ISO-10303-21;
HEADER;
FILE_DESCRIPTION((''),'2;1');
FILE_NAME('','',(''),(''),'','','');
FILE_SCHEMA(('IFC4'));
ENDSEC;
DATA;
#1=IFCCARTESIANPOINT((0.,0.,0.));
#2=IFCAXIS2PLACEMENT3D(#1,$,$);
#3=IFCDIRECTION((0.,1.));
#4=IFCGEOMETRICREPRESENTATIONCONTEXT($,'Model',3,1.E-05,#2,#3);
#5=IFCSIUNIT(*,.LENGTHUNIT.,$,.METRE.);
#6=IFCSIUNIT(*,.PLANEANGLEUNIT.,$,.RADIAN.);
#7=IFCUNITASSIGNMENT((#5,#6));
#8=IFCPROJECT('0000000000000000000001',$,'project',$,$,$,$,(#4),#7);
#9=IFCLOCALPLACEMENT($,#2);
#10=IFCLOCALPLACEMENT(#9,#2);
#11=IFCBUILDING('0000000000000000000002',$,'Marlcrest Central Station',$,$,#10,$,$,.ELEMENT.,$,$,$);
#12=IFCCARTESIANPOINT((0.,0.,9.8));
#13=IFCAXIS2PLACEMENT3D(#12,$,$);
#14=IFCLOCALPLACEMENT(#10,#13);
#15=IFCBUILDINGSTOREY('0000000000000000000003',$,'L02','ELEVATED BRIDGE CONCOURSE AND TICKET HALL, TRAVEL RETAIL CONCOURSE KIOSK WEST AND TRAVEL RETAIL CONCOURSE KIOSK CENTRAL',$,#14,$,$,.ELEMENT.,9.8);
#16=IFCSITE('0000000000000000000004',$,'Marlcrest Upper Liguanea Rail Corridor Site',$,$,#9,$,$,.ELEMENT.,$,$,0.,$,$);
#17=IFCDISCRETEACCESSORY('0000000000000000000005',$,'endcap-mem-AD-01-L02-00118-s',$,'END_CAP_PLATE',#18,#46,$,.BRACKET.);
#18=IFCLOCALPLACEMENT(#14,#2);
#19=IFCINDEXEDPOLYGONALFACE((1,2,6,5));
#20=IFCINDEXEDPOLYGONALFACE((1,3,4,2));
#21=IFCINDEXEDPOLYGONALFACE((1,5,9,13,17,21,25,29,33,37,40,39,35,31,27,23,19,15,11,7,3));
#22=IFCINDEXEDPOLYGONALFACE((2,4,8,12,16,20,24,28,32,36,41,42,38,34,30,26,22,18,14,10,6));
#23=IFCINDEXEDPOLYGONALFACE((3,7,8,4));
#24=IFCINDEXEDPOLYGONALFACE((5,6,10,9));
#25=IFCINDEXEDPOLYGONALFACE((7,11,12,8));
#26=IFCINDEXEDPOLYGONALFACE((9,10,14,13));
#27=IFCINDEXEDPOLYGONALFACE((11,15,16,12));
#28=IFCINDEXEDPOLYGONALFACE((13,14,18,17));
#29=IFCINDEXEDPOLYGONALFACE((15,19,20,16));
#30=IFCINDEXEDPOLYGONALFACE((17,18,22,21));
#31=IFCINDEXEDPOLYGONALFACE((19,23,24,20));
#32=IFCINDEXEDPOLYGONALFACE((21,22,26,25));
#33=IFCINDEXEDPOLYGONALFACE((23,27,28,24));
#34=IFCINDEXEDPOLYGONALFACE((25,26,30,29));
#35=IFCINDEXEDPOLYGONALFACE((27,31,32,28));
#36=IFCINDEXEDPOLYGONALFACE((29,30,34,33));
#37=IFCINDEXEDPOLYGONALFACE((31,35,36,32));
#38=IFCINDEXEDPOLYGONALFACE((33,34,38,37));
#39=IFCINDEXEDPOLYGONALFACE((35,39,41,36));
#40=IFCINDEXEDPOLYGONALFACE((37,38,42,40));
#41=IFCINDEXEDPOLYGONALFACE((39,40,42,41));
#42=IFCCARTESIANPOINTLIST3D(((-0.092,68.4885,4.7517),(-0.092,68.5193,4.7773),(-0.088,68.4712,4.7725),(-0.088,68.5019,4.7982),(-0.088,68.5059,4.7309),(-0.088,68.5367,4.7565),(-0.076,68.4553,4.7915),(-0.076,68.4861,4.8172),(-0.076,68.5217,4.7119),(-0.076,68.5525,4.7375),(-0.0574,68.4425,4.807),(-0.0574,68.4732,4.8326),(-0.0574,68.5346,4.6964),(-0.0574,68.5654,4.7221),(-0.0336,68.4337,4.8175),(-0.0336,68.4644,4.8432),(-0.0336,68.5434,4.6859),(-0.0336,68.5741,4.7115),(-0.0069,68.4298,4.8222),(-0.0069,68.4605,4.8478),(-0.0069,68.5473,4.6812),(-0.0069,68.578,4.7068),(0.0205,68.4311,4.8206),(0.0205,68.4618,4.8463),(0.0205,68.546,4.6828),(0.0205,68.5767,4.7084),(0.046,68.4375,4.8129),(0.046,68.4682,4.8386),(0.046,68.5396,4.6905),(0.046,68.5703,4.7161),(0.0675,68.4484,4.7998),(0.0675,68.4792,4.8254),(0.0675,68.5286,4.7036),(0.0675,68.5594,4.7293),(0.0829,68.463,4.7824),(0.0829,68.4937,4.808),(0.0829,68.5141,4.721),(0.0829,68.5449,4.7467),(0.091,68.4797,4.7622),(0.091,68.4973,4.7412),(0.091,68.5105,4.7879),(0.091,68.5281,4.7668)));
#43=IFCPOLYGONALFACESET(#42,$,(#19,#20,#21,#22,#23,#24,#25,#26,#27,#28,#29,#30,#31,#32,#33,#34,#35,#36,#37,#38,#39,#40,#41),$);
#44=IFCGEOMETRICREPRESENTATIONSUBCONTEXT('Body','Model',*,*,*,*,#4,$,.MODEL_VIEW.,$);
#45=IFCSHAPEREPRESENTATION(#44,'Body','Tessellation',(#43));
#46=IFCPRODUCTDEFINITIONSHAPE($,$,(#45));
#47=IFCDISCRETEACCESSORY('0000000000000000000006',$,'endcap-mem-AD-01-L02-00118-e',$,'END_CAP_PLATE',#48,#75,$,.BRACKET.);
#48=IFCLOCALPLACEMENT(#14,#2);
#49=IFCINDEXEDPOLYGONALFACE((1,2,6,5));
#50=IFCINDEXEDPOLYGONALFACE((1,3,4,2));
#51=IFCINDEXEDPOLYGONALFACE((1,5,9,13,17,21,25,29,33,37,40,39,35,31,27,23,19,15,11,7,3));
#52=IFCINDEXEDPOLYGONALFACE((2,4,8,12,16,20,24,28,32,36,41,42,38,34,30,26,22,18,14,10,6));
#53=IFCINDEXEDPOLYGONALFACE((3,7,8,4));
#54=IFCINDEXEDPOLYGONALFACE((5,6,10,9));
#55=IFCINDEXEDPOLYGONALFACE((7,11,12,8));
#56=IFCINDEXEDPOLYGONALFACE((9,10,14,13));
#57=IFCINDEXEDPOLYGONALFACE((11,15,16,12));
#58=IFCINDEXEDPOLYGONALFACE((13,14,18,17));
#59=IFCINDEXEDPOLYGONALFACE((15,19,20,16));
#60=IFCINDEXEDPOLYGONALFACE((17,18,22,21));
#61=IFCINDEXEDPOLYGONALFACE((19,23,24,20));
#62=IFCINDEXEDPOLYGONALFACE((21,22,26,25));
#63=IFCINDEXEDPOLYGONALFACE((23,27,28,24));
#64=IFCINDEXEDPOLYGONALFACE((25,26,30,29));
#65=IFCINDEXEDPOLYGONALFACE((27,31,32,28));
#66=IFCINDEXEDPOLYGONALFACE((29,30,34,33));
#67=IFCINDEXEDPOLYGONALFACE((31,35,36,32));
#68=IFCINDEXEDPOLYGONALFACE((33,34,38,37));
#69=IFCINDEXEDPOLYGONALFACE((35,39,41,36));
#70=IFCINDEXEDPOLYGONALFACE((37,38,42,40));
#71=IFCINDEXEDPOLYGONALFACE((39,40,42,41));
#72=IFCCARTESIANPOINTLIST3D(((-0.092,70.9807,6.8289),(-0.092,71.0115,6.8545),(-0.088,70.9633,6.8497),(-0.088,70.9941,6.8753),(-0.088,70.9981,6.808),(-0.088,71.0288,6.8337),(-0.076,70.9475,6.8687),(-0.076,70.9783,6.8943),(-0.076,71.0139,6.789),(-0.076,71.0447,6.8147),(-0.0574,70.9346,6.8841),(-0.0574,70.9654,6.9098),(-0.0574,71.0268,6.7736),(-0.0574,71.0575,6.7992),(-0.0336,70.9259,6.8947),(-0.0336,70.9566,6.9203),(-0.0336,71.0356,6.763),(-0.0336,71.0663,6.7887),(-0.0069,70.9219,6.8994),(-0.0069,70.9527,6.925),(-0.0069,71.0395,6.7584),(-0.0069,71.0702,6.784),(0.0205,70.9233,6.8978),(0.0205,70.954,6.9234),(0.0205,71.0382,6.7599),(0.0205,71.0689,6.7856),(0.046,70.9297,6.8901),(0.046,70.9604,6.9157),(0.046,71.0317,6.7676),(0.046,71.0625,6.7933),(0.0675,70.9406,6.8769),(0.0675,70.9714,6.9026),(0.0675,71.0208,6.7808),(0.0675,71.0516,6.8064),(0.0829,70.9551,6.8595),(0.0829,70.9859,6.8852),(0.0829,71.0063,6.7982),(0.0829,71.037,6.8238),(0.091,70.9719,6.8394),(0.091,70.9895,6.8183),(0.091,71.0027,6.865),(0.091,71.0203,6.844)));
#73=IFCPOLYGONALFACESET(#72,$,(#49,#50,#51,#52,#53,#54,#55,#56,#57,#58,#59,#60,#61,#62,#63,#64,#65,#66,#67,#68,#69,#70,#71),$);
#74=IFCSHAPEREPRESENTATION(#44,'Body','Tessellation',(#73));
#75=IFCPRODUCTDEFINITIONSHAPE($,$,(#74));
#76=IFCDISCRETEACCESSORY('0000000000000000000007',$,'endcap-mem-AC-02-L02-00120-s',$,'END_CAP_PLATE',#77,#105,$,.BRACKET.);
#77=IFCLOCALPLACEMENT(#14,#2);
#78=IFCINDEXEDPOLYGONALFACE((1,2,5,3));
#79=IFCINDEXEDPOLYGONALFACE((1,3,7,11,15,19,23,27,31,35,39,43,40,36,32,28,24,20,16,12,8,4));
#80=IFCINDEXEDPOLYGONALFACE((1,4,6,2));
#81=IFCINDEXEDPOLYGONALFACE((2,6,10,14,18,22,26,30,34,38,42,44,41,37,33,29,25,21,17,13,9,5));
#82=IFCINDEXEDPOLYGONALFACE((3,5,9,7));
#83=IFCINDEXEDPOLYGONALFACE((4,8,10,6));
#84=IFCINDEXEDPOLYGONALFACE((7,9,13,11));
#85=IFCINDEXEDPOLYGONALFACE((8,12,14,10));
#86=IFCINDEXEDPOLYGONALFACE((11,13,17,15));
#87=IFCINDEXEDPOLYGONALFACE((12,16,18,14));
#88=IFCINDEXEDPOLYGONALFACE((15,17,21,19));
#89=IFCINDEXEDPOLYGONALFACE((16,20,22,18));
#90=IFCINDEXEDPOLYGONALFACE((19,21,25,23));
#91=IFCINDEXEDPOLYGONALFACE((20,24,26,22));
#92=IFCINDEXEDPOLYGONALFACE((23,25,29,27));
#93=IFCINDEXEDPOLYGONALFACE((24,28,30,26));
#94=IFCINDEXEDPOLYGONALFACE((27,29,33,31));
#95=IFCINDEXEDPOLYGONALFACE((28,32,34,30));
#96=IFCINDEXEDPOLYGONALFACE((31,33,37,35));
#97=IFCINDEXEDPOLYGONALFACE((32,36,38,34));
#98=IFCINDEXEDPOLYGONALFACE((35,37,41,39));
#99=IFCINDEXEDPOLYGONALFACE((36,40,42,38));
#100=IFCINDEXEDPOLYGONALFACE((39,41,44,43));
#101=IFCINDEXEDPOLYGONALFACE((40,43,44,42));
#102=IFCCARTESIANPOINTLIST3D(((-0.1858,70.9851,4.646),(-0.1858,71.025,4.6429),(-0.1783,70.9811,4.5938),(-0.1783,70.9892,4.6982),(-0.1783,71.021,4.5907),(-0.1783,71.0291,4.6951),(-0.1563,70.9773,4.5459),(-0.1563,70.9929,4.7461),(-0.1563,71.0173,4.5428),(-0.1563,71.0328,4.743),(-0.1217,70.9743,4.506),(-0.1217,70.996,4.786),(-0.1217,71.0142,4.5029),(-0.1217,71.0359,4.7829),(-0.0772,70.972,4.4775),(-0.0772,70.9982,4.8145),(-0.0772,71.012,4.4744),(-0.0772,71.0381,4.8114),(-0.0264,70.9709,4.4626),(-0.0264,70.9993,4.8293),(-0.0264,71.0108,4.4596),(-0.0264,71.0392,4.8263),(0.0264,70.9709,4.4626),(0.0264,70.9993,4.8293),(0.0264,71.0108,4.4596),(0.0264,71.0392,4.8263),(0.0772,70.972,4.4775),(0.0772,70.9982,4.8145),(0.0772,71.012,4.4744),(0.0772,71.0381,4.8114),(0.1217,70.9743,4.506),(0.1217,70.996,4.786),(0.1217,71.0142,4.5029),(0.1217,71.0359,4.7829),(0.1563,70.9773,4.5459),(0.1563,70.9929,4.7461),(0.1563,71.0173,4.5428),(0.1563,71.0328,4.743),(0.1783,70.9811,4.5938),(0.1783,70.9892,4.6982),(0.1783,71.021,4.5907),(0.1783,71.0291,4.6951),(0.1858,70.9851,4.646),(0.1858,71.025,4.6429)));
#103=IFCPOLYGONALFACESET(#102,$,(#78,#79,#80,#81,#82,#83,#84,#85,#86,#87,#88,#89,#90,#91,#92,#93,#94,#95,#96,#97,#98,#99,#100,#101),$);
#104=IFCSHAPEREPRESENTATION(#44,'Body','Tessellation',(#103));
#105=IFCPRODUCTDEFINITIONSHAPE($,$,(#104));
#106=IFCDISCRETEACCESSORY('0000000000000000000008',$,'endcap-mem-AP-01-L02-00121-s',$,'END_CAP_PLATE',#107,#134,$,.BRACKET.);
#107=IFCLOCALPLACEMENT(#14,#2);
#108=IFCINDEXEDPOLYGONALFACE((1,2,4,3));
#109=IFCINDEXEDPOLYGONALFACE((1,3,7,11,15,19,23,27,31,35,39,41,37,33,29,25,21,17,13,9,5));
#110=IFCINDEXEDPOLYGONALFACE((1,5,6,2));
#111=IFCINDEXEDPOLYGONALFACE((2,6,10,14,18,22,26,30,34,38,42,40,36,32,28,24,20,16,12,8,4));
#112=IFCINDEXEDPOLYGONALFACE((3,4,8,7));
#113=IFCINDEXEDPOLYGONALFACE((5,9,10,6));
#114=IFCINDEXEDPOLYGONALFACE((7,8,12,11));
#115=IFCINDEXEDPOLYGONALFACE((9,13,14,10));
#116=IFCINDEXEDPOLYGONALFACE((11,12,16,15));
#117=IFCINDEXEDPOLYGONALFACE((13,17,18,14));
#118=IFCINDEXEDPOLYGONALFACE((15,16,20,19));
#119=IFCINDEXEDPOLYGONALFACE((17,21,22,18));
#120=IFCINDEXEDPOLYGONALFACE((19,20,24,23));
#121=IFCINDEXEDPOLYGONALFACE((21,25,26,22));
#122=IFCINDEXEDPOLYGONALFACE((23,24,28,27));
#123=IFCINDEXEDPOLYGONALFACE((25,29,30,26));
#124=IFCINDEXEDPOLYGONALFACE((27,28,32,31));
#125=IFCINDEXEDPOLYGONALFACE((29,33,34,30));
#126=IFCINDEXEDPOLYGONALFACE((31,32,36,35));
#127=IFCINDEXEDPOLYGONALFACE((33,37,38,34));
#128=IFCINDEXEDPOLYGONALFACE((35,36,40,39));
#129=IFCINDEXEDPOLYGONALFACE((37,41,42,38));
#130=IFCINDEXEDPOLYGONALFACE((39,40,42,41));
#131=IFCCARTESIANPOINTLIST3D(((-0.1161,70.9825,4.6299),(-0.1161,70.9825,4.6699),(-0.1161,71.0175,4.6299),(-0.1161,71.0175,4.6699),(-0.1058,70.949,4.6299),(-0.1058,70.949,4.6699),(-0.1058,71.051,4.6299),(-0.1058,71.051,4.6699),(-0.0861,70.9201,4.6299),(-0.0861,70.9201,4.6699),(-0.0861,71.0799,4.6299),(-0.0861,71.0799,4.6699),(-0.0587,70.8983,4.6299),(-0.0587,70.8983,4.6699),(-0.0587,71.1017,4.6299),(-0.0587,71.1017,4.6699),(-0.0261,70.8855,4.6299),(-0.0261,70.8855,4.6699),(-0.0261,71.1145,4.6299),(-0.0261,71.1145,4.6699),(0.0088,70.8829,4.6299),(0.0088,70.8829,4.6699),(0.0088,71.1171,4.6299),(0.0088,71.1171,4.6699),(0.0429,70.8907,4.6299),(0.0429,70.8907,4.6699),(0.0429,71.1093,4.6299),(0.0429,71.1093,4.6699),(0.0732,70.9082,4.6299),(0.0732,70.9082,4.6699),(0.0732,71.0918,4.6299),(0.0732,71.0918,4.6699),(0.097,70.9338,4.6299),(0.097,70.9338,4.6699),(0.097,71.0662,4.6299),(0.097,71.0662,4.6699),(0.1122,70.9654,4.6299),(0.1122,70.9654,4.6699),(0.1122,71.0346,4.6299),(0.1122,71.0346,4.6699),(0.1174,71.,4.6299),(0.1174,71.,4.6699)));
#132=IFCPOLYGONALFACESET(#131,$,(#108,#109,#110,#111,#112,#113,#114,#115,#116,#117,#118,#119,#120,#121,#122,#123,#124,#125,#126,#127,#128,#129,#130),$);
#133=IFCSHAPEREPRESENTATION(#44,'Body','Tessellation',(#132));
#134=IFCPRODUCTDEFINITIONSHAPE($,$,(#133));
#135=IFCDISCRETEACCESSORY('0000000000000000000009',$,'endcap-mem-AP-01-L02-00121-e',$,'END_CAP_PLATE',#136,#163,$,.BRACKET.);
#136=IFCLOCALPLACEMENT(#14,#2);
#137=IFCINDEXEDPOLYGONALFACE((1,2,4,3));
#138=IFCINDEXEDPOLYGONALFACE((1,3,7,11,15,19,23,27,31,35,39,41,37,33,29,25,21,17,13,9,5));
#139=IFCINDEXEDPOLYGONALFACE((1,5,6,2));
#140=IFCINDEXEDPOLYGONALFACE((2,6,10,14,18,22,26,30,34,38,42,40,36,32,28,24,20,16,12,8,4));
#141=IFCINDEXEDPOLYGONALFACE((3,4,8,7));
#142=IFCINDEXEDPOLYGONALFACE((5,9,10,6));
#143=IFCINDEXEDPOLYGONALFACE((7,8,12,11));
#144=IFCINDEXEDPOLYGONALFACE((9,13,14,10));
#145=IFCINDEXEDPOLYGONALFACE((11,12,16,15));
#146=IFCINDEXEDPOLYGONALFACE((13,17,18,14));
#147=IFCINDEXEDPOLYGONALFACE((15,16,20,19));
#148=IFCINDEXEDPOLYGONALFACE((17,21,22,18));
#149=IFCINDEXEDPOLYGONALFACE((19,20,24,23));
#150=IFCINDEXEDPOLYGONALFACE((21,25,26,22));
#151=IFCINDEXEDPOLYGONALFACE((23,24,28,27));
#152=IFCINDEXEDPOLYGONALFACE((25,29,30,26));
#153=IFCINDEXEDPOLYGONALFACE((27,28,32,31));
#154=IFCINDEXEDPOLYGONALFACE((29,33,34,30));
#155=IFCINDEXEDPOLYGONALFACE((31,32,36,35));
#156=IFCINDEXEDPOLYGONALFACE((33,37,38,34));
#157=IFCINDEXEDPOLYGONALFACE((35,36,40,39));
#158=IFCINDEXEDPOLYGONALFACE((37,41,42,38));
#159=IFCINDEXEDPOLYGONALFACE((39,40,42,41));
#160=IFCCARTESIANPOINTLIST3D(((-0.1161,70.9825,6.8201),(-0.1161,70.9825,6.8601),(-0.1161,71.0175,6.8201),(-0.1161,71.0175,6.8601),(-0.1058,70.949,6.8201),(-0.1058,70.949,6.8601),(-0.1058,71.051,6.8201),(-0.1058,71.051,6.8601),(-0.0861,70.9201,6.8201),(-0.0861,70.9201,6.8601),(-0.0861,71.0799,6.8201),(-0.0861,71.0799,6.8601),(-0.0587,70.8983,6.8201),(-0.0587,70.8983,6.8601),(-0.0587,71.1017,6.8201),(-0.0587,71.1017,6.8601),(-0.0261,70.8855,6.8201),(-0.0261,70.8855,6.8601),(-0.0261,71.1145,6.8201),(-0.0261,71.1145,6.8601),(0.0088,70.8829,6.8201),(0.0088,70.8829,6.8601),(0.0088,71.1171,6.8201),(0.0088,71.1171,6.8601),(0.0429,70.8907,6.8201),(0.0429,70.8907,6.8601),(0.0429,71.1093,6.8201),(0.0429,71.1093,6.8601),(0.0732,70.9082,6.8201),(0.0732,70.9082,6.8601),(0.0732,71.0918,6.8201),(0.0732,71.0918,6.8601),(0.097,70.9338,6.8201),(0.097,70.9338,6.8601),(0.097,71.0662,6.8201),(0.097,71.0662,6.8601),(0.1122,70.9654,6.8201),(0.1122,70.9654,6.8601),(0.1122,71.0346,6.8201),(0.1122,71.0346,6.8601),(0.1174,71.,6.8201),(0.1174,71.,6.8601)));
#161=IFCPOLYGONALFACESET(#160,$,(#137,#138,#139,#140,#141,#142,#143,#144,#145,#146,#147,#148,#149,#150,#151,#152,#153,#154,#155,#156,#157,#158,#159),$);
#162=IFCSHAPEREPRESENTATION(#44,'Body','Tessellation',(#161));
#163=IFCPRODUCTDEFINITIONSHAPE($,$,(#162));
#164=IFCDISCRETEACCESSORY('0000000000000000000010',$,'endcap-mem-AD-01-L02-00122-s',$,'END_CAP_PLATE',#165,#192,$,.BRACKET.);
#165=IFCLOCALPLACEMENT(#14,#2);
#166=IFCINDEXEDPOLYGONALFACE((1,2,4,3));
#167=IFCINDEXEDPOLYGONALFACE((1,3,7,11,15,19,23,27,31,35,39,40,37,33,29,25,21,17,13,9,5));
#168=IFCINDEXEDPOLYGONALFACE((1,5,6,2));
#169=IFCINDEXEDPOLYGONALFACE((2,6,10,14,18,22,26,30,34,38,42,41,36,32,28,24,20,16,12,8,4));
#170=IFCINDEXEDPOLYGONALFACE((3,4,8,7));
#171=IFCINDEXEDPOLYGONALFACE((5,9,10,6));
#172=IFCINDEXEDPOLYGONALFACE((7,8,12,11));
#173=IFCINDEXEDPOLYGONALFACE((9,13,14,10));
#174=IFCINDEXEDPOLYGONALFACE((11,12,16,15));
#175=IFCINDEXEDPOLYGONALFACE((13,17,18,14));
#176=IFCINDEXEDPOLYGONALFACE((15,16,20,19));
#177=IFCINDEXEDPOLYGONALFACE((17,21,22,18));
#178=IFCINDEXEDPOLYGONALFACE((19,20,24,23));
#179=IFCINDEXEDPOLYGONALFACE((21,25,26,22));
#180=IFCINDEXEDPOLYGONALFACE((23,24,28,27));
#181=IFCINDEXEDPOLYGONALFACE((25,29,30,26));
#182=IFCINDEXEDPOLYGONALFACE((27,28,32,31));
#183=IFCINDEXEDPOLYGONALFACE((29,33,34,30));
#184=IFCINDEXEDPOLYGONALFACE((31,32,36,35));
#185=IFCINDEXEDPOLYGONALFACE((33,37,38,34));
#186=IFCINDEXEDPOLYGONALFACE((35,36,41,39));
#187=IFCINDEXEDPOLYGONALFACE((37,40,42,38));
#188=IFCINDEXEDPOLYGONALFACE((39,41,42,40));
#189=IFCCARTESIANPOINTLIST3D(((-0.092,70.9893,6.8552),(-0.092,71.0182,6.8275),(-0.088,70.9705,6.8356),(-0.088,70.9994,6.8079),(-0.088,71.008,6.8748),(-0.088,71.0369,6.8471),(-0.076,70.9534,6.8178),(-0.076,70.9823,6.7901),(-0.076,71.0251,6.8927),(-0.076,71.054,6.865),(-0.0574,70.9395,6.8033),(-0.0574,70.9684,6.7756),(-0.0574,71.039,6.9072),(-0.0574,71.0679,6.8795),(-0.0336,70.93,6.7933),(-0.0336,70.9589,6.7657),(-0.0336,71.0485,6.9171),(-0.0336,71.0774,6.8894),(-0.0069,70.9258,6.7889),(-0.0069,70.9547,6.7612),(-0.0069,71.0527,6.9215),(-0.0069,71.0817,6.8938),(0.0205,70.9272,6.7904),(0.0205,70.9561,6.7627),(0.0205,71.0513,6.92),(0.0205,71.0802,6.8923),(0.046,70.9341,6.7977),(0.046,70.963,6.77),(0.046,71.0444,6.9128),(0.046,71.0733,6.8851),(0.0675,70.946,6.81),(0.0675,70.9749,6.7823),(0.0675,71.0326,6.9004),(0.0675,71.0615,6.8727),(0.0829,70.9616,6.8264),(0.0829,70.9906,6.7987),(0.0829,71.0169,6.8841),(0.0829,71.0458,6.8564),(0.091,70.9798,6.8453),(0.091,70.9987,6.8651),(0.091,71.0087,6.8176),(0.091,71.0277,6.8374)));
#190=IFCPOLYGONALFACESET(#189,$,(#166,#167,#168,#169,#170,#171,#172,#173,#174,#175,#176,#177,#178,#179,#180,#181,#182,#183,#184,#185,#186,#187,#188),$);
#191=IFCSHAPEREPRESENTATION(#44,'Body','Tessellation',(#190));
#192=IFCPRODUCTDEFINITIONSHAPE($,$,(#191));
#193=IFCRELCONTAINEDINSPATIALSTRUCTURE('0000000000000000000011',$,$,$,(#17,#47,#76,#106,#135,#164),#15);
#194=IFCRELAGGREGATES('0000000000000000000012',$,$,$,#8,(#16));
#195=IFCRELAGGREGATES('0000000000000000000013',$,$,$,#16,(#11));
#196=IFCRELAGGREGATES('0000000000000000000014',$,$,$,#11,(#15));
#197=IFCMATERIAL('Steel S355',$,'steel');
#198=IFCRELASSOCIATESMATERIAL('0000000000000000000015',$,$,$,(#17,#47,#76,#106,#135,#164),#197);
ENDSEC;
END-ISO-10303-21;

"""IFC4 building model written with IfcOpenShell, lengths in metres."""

from ifc_helpers import new_model, si_unit, direction, frame, origin, origin_2d, place, context, subcontext, project, spatial, circle, extrude, material, element, save


model = new_model("IFC4")

# Units and contexts
model_context = context("Model", 3, precision=1e-05, world=origin(), true_north=direction((0.0, 1.0)))
body_context = subcontext(model_context, "Body", "Model", "MODEL_VIEW")
ifc_project = project(units=[si_unit("LENGTHUNIT", "METRE"), si_unit("PLANEANGLEUNIT", "RADIAN")], contexts=[model_context])

# Site, building, storey
site_placement = place(None, origin())
site = spatial("IfcSite", under=ifc_project, at=site_placement, Name="Marlcrest Upper Liguanea Rail Corridor Site", CompositionType="ELEMENT", RefElevation=0.0)
building_placement = place(site_placement, origin())
building = spatial("IfcBuilding", under=site, at=building_placement, Name="Marlcrest Central Station", CompositionType="ELEMENT")
storey_placement = place(building_placement, frame((0.0, 0.0, 9.8)))
storey = spatial("IfcBuildingStorey", under=building, at=storey_placement, Name="L02", Description="ELEVATED BRIDGE CONCOURSE AND TICKET HALL, TRAVEL RETAIL CONCOURSE KIOSK WEST AND TRAVEL RETAIL CONCOURSE KIOSK CENTRAL", CompositionType="ELEMENT", Elevation=9.8)

# Shared definitions
ifc_material = material(Name="Steel S355", Category="steel")

# Discrete accessories
for number, where, z_axis, x_axis, name in (
    (1, (0.0, 68.4885, 4.7517), (0.0, 0.76816, 0.640258), (-1.0, 0.0, 0.0), "endcap-mem-AD-01-L02-00118-s"),
    (2, (0.0, 70.9807, 6.8289), (0.0, 0.76816, 0.640258), (-1.0, 0.0, 0.0), "endcap-mem-AD-01-L02-00118-e"),
):
    element("IfcDiscreteAccessory", number, at=place(storey_placement, frame(where, z_axis=z_axis, x_axis=x_axis)), inside=storey, material=ifc_material, Name=name, ObjectType="END_CAP_PLATE", PredefinedType="BRACKET", context=body_context, shape_type="SweptSolid", body=[
        extrude(circle(Radius=0.092, at=origin_2d()), origin(), (0.0, 0.0, 1.0), 0.04),
    ])
discrete_accessory_1_placement = place(storey_placement, frame((0.0, 70.9851, 4.646), z_axis=(0.0, 0.997007, -0.077307), x_axis=(-1.0, 0.0, 0.0)))
element("IfcDiscreteAccessory", 3, at=discrete_accessory_1_placement, inside=storey, material=ifc_material, Name="endcap-mem-AC-02-L02-00120-s", ObjectType="END_CAP_PLATE", PredefinedType="BRACKET", context=body_context, shape_type="SweptSolid", body=[
    extrude(circle(Radius=0.1858, at=origin_2d()), origin(), (0.0, 0.0, 1.0), 0.04),
])
for number, where, z_axis, x_axis, name in (
    (4, (0.0, 71.0, 4.6299), (0.0, 0.0, 1.0), (1.0, 0.0, 0.0), "endcap-mem-AP-01-L02-00121-s"),
    (5, (0.0, 71.0, 6.8201), (0.0, 0.0, 1.0), (1.0, 0.0, 0.0), "endcap-mem-AP-01-L02-00121-e"),
):
    element("IfcDiscreteAccessory", number, at=place(storey_placement, frame(where, z_axis=z_axis, x_axis=x_axis)), inside=storey, material=ifc_material, Name=name, ObjectType="END_CAP_PLATE", PredefinedType="BRACKET", context=body_context, shape_type="SweptSolid", body=[
        extrude(circle(Radius=0.1174, at=origin_2d()), origin(), (0.0, 0.0, 1.0), 0.04),
    ])
discrete_accessory_2_placement = place(storey_placement, frame((0.0, 70.9893, 6.8552), z_axis=(0.0, 0.722247, -0.691636), x_axis=(-1.0, 0.0, 0.0)))
element("IfcDiscreteAccessory", 6, at=discrete_accessory_2_placement, inside=storey, material=ifc_material, Name="endcap-mem-AD-01-L02-00122-s", ObjectType="END_CAP_PLATE", PredefinedType="BRACKET", context=body_context, shape_type="SweptSolid", body=[
    extrude(circle(Radius=0.092, at=origin_2d()), origin(), (0.0, 0.0, 1.0), 0.04),
])

save(model, "model.ifc")
